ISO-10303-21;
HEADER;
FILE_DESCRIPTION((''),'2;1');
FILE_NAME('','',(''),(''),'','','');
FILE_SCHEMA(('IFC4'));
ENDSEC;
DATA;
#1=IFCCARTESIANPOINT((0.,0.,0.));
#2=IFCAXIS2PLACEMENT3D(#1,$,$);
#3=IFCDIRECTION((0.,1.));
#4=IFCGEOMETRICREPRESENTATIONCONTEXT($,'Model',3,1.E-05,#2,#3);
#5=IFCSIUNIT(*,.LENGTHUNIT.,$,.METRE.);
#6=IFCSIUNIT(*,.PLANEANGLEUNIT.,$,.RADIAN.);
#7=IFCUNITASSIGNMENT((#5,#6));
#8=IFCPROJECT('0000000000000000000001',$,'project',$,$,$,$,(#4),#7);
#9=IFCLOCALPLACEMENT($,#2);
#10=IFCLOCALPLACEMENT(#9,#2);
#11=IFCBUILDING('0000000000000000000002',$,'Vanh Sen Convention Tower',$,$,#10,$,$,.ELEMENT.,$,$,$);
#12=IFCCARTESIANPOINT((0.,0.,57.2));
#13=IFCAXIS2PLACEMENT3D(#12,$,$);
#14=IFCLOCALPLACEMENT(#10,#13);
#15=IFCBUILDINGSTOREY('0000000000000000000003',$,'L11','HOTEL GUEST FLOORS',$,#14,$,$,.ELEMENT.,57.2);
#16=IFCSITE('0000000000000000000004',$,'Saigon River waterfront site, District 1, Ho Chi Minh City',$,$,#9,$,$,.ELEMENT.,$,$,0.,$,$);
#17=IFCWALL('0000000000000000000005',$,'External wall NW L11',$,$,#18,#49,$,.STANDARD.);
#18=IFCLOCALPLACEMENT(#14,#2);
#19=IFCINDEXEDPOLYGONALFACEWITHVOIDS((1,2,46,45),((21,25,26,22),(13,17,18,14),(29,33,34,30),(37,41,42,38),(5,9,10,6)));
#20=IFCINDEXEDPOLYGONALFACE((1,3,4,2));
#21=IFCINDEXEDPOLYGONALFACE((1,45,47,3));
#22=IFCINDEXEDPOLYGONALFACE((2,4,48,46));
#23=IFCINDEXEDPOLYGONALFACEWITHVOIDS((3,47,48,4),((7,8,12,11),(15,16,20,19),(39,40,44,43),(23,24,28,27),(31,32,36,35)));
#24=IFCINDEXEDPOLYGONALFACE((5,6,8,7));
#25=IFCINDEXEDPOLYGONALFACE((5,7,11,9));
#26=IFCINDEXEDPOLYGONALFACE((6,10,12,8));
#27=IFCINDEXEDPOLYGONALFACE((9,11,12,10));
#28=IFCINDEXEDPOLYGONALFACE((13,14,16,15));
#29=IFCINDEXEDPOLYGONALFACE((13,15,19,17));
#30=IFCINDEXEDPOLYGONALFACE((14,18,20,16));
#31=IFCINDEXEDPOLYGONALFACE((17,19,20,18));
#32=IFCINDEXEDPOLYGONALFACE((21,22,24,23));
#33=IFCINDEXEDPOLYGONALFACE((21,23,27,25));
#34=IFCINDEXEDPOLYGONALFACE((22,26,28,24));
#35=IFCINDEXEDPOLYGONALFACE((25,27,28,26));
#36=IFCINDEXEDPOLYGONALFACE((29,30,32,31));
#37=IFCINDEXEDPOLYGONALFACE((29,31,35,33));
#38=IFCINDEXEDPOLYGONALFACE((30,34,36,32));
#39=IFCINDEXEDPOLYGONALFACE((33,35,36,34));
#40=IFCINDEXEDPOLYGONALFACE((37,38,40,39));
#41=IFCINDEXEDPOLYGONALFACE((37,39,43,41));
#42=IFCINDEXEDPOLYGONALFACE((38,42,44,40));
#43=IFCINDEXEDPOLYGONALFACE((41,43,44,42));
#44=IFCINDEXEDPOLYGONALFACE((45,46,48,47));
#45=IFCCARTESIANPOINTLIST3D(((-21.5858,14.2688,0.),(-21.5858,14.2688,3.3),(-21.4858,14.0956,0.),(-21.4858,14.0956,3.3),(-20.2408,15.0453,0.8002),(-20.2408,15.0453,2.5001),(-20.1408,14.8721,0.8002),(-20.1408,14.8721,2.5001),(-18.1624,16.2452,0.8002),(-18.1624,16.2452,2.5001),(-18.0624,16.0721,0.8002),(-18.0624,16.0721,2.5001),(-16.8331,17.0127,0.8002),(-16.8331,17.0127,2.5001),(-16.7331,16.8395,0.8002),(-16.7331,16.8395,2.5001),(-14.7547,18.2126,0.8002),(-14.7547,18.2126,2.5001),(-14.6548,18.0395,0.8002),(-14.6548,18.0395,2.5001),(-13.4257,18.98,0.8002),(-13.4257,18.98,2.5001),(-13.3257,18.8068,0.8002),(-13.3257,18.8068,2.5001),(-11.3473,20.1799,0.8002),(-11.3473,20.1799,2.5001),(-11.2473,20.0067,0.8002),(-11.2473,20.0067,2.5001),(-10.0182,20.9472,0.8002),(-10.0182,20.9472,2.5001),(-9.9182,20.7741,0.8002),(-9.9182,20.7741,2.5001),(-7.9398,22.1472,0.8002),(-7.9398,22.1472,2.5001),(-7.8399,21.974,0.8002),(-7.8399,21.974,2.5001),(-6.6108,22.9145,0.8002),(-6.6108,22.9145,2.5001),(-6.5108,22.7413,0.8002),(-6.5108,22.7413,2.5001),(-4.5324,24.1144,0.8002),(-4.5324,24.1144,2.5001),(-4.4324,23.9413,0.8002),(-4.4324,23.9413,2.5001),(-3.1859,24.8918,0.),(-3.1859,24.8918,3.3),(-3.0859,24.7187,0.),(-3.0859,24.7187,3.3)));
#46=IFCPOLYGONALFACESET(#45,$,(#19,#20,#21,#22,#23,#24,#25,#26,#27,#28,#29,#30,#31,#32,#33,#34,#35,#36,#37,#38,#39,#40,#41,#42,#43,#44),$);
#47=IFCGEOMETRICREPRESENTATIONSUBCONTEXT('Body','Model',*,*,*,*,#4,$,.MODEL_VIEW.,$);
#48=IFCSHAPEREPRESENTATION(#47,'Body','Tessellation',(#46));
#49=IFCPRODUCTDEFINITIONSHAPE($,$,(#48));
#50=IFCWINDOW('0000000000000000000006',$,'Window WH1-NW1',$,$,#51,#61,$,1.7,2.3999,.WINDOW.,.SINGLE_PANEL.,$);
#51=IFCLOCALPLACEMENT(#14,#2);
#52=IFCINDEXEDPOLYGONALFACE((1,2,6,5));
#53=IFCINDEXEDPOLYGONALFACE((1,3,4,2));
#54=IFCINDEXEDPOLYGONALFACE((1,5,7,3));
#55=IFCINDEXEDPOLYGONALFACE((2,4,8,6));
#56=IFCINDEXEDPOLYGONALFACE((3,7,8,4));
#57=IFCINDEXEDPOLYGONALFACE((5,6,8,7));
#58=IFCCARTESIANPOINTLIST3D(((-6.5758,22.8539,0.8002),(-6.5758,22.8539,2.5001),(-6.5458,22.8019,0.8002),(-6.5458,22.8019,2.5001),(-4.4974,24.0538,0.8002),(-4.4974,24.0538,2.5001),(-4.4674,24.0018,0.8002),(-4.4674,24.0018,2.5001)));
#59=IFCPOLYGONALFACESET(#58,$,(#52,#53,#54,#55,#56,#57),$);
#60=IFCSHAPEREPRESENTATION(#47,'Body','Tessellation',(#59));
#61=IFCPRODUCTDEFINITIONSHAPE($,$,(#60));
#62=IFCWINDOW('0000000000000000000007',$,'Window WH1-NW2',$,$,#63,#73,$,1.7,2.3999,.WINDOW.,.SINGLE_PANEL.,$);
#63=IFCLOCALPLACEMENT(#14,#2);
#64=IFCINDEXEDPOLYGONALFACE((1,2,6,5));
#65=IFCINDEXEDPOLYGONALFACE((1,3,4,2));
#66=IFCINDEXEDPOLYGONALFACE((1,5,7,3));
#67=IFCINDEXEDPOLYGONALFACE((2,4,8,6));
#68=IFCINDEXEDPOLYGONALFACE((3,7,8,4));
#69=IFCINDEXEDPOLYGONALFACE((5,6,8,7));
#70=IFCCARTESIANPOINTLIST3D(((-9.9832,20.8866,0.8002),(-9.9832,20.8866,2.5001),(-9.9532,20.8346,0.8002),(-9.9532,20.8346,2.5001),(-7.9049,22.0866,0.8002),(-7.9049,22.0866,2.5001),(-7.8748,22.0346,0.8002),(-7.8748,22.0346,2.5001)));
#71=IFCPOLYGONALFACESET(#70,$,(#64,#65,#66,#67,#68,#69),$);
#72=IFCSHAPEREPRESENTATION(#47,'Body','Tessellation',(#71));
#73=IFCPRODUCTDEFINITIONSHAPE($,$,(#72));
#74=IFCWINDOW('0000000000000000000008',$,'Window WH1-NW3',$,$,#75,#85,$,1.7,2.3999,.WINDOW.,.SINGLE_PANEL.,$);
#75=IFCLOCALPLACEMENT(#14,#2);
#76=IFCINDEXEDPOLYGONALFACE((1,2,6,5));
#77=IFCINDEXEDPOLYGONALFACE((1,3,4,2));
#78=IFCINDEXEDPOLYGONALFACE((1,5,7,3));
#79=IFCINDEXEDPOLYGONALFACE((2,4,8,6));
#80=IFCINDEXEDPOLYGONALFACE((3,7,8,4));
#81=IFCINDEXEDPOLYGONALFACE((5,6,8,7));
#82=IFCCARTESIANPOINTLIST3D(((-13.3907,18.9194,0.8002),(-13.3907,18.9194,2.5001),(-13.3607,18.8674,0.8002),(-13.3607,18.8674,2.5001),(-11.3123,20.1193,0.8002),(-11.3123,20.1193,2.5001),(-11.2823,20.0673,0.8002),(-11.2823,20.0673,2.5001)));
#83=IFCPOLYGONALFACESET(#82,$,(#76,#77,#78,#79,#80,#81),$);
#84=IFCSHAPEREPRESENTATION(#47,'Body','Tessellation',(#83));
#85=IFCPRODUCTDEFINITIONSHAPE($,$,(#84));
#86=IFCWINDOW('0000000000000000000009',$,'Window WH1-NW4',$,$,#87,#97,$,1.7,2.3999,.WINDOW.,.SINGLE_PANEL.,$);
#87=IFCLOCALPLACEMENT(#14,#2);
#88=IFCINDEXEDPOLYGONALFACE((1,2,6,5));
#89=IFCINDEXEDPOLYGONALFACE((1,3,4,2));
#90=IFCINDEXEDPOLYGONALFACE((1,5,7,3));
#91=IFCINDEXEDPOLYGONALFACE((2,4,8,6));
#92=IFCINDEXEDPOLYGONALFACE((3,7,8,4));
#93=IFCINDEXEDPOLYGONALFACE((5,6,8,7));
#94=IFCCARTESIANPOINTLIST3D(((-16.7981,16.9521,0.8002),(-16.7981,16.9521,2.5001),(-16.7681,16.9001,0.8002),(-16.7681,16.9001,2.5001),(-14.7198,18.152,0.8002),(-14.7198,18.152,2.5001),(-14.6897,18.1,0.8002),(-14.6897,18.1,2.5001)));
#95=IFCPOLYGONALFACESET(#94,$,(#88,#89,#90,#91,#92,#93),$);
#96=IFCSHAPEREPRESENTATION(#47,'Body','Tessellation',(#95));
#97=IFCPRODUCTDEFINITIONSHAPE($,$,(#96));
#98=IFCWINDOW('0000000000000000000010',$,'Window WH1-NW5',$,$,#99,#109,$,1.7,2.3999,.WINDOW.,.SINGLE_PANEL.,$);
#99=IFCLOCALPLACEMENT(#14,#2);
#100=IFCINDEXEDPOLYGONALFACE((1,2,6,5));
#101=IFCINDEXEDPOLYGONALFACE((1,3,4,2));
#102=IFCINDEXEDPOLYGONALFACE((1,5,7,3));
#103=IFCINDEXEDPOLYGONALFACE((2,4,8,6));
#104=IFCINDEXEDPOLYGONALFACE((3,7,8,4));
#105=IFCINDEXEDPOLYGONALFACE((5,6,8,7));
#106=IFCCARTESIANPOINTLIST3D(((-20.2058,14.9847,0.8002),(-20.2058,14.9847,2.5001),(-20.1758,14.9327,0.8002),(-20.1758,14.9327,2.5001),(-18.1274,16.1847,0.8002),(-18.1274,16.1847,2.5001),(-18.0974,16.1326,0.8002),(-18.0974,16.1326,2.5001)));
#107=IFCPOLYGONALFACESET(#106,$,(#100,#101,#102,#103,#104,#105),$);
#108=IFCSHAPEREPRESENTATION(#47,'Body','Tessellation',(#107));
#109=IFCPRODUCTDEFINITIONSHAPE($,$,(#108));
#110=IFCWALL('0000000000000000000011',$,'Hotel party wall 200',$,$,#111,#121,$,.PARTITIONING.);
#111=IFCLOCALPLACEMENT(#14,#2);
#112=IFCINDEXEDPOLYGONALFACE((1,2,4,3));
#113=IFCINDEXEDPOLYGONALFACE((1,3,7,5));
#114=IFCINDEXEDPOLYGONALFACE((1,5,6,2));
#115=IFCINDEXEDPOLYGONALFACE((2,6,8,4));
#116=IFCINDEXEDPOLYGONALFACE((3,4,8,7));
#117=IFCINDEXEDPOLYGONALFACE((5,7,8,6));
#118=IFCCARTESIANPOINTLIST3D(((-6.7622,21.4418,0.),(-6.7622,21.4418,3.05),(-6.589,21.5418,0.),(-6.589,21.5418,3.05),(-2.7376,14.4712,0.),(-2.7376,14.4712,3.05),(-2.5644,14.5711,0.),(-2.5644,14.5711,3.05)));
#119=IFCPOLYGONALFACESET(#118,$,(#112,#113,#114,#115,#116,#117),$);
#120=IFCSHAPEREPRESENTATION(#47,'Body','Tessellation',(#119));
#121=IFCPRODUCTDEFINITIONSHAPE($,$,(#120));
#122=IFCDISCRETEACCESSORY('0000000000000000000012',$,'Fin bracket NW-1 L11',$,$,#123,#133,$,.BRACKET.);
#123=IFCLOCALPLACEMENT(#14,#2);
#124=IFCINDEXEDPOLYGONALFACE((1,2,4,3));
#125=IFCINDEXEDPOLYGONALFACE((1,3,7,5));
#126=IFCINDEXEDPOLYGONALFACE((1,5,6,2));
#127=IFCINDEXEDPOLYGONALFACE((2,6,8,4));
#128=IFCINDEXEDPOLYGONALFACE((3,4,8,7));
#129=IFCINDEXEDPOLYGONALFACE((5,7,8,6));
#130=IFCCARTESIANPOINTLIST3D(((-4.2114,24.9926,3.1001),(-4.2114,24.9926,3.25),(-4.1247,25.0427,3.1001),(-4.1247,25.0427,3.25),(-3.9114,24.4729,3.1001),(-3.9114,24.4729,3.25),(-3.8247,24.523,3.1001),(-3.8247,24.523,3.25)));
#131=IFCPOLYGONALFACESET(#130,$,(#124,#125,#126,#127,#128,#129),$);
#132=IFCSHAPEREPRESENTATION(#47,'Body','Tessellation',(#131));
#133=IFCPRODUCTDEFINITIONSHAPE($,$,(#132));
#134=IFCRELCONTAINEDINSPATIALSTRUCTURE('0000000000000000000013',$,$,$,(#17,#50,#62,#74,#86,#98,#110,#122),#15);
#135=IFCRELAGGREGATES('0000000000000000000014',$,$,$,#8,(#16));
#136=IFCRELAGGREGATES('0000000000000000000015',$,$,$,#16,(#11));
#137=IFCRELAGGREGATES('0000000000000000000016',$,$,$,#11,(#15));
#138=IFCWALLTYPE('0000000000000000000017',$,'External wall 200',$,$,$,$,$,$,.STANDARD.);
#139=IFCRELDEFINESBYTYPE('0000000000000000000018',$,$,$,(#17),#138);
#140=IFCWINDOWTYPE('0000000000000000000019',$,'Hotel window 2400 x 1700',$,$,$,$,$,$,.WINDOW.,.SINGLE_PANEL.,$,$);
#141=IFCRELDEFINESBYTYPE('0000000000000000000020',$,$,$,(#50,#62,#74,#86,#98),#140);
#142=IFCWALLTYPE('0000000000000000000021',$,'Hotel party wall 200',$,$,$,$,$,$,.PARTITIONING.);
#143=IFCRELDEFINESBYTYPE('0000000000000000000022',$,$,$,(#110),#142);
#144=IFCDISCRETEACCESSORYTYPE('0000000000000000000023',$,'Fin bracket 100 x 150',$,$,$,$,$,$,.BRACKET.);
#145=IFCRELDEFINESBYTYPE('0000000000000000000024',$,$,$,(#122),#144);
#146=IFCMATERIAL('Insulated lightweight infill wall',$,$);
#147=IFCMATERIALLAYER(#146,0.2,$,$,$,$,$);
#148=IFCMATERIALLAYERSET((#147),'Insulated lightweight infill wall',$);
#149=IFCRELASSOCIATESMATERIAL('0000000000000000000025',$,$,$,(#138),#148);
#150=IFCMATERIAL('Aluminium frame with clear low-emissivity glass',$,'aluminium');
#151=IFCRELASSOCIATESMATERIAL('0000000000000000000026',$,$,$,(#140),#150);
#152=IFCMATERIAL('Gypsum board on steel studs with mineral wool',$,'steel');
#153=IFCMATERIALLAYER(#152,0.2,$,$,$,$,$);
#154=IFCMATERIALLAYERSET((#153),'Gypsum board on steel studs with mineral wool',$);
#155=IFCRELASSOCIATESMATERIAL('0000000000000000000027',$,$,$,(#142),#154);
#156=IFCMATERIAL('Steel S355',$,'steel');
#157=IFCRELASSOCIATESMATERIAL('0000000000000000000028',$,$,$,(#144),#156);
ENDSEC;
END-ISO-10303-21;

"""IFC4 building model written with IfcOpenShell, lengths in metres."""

from ifc_helpers import new_model, si_unit, direction, frame, frame_2d, origin, origin_2d, place, context, subcontext, project, spatial, rectangle, extrude, material, layer, layer_set, type_object, element, fill, save


model = new_model("IFC4")

# Units and contexts
model_context = context("Model", 3, precision=1e-05, world=origin(), true_north=direction((0.0, 1.0)))
body_context = subcontext(model_context, "Body", "Model", "MODEL_VIEW")
ifc_project = project(units=[si_unit("LENGTHUNIT", "METRE"), si_unit("PLANEANGLEUNIT", "RADIAN")], contexts=[model_context])

# Site, building, storey
site_placement = place(None, origin())
site = spatial("IfcSite", under=ifc_project, at=site_placement, Name="Saigon River waterfront site, District 1, Ho Chi Minh City", CompositionType="ELEMENT", RefElevation=0.0)
building_placement = place(site_placement, origin())
building = spatial("IfcBuilding", under=site, at=building_placement, Name="Vanh Sen Convention Tower", CompositionType="ELEMENT")
storey_placement = place(building_placement, frame((0.0, 0.0, 57.2)))
storey = spatial("IfcBuildingStorey", under=building, at=storey_placement, Name="L11", Description="HOTEL GUEST FLOORS", CompositionType="ELEMENT", Elevation=57.2)

# Shared definitions
ifc_material_1 = material(Name="Gypsum board on steel studs with mineral wool", Category="steel")

# Wall, openings, windows
ifc_material_2 = material(Name="Insulated lightweight infill wall")
ifc_layer_1 = layer(ifc_material_2, 0.2)
ifc_layer_set_1 = layer_set([ifc_layer_1], Name="Insulated lightweight infill wall")
wall_type_1 = type_object("IfcWallType", Name="External wall 200", PredefinedType="STANDARD", material=ifc_layer_set_1)
wall_1_placement = place(storey_placement, frame((-3.136, 24.8052, 0.0), z_axis=(0.0, 0.0, 1.0), x_axis=(-0.866028, -0.499995, 0.0)))
wall_1 = element("IfcWall", 1, at=wall_1_placement, inside=storey, type_object=wall_type_1, Name="External wall NW L11", PredefinedType="STANDARD", context=body_context, shape_type="SweptSolid", body=[
    extrude(rectangle(XDim=21.2463, YDim=0.2, at=frame_2d((10.623, 0.0))), origin(), (0.0, 0.0, 1.0), 3.3),
])
opening_1_placement = place(wall_1_placement, frame((1.5547, 0.0, 0.8)))
opening_1 = element("IfcOpeningElement", 2, at=opening_1_placement, cuts=wall_1, PredefinedType="OPENING", context=body_context, shape_type="SweptSolid", body=[
    extrude(rectangle(XDim=2.3999, YDim=1.7, at=frame_2d((1.2, 0.8501))), frame((0.0, 0.1099, 0.0), z_axis=(0.0, -1.0, 0.0), x_axis=(1.0, 0.0, 0.0)), (0.0, 0.0, 1.0), 0.22),
])
opening_2_placement = place(wall_1_placement, frame((5.4893, 0.0, 0.8)))
opening_2 = element("IfcOpeningElement", 3, at=opening_2_placement, cuts=wall_1, PredefinedType="OPENING", context=body_context, shape_type="SweptSolid", body=[
    extrude(rectangle(XDim=2.3999, YDim=1.7, at=frame_2d((1.2, 0.8501))), frame((0.0, 0.1099, 0.0), z_axis=(0.0, -1.0, 0.0), x_axis=(1.0, 0.0, 0.0)), (0.0, 0.0, 1.0), 0.22),
])
opening_3_placement = place(wall_1_placement, frame((9.4238, 0.0, 0.8)))
opening_3 = element("IfcOpeningElement", 4, at=opening_3_placement, cuts=wall_1, PredefinedType="OPENING", context=body_context, shape_type="SweptSolid", body=[
    extrude(rectangle(XDim=2.3999, YDim=1.7, at=frame_2d((1.2, 0.8501))), frame((0.0, 0.1099, 0.0), z_axis=(0.0, -1.0, 0.0), x_axis=(1.0, 0.0, 0.0)), (0.0, 0.0, 1.0), 0.22),
])
opening_4_placement = place(wall_1_placement, frame((13.3584, 0.0, 0.8)))
opening_4 = element("IfcOpeningElement", 5, at=opening_4_placement, cuts=wall_1, PredefinedType="OPENING", context=body_context, shape_type="SweptSolid", body=[
    extrude(rectangle(XDim=2.3999, YDim=1.7, at=frame_2d((1.2, 0.8501))), frame((0.0, 0.1099, 0.0), z_axis=(0.0, -1.0, 0.0), x_axis=(1.0, 0.0, 0.0)), (0.0, 0.0, 1.0), 0.22),
])
opening_5_placement = place(wall_1_placement, frame((17.2932, 0.0, 0.8)))
opening_5 = element("IfcOpeningElement", 6, at=opening_5_placement, cuts=wall_1, PredefinedType="OPENING", context=body_context, shape_type="SweptSolid", body=[
    extrude(rectangle(XDim=2.3999, YDim=1.7, at=frame_2d((1.2, 0.8501))), frame((0.0, 0.1099, 0.0), z_axis=(0.0, -1.0, 0.0), x_axis=(1.0, 0.0, 0.0)), (0.0, 0.0, 1.0), 0.22),
])
ifc_material_3 = material(Name="Aluminium frame with clear low-emissivity glass", Category="aluminium")
window_type = type_object("IfcWindowType", Name="Hotel window 2400 x 1700", PartitioningType="SINGLE_PANEL", PredefinedType="WINDOW", material=ifc_material_3)
window_1_placement = place(opening_1_placement, origin())
window_1 = element("IfcWindow", 7, at=window_1_placement, inside=storey, type_object=window_type, Name="Window WH1-NW1", OverallHeight=1.7, OverallWidth=2.3999, PartitioningType="SINGLE_PANEL", PredefinedType="WINDOW", context=body_context, shape_type="SweptSolid", body=[
    extrude(rectangle(XDim=2.3999, YDim=1.7, at=frame_2d((1.2, 0.8501))), frame((0.0, 0.03, 0.0), z_axis=(0.0, -1.0, 0.0), x_axis=(1.0, 0.0, 0.0)), (0.0, 0.0, 1.0), 0.0601),
])
fill(opening_1, window_1)
window_2_placement = place(opening_2_placement, origin())
window_2 = element("IfcWindow", 8, at=window_2_placement, inside=storey, type_object=window_type, Name="Window WH1-NW2", OverallHeight=1.7, OverallWidth=2.3999, PartitioningType="SINGLE_PANEL", PredefinedType="WINDOW", context=body_context, shape_type="SweptSolid", body=[
    extrude(rectangle(XDim=2.3999, YDim=1.7, at=frame_2d((1.2, 0.8501))), frame((0.0, 0.03, 0.0), z_axis=(0.0, -1.0, 0.0), x_axis=(1.0, 0.0, 0.0)), (0.0, 0.0, 1.0), 0.0601),
])
fill(opening_2, window_2)
window_3_placement = place(opening_3_placement, origin())
window_3 = element("IfcWindow", 9, at=window_3_placement, inside=storey, type_object=window_type, Name="Window WH1-NW3", OverallHeight=1.7, OverallWidth=2.3999, PartitioningType="SINGLE_PANEL", PredefinedType="WINDOW", context=body_context, shape_type="SweptSolid", body=[
    extrude(rectangle(XDim=2.3999, YDim=1.7, at=frame_2d((1.2, 0.8501))), frame((0.0, 0.03, 0.0), z_axis=(0.0, -1.0, 0.0), x_axis=(1.0, 0.0, 0.0)), (0.0, 0.0, 1.0), 0.0601),
])
fill(opening_3, window_3)
window_4_placement = place(opening_4_placement, origin())
window_4 = element("IfcWindow", 10, at=window_4_placement, inside=storey, type_object=window_type, Name="Window WH1-NW4", OverallHeight=1.7, OverallWidth=2.3999, PartitioningType="SINGLE_PANEL", PredefinedType="WINDOW", context=body_context, shape_type="SweptSolid", body=[
    extrude(rectangle(XDim=2.3999, YDim=1.7, at=frame_2d((1.2, 0.8501))), frame((0.0, 0.03, 0.0), z_axis=(0.0, -1.0, 0.0), x_axis=(1.0, 0.0, 0.0)), (0.0, 0.0, 1.0), 0.0601),
])
fill(opening_4, window_4)
window_5_placement = place(opening_5_placement, origin())
window_5 = element("IfcWindow", 11, at=window_5_placement, inside=storey, type_object=window_type, Name="Window WH1-NW5", OverallHeight=1.7, OverallWidth=2.3999, PartitioningType="SINGLE_PANEL", PredefinedType="WINDOW", context=body_context, shape_type="SweptSolid", body=[
    extrude(rectangle(XDim=2.3999, YDim=1.7, at=frame_2d((1.2, 0.8501))), frame((0.0, 0.03, 0.0), z_axis=(0.0, -1.0, 0.0), x_axis=(1.0, 0.0, 0.0)), (0.0, 0.0, 1.0), 0.0601),
])
fill(opening_5, window_5)

# Wall
ifc_layer_2 = layer(ifc_material_1, 0.2)
ifc_layer_set_2 = layer_set([ifc_layer_2], Name="Gypsum board on steel studs with mineral wool")
wall_type_2 = type_object("IfcWallType", Name="Hotel party wall 200", PredefinedType="PARTITIONING", material=ifc_layer_set_2)
wall_2_placement = place(storey_placement, frame((-6.6755, 21.4917, 0.0), z_axis=(0.0, 0.0, 1.0), x_axis=(0.500011, -0.866019, 0.0)))
element("IfcWall", 12, at=wall_2_placement, inside=storey, type_object=wall_type_2, Name="Hotel party wall 200", PredefinedType="PARTITIONING", context=body_context, shape_type="SweptSolid", body=[
    extrude(rectangle(XDim=8.0491, YDim=0.2, at=frame_2d((4.0244, 0.0))), origin(), (0.0, 0.0, 1.0), 3.05),
])

# Discrete accessory
ifc_material_4 = material(Name="Steel S355", Category="steel")
discrete_accessory_type = type_object("IfcDiscreteAccessoryType", Name="Fin bracket 100 x 150", PredefinedType="BRACKET", material=ifc_material_4)
discrete_accessory_placement = place(storey_placement, frame((-4.0181, 24.7578, 3.1001), z_axis=(0.0, 0.0, 1.0), x_axis=(-0.5, 0.866025, 0.0)))
element("IfcDiscreteAccessory", 13, at=discrete_accessory_placement, inside=storey, type_object=discrete_accessory_type, Name="Fin bracket NW-1 L11", PredefinedType="BRACKET", context=body_context, shape_type="SweptSolid", body=[
    extrude(rectangle(XDim=0.6001, YDim=0.1001, at=origin_2d()), origin(), (0.0, 0.0, 1.0), 0.1499),
])

save(model, "model.ifc")
